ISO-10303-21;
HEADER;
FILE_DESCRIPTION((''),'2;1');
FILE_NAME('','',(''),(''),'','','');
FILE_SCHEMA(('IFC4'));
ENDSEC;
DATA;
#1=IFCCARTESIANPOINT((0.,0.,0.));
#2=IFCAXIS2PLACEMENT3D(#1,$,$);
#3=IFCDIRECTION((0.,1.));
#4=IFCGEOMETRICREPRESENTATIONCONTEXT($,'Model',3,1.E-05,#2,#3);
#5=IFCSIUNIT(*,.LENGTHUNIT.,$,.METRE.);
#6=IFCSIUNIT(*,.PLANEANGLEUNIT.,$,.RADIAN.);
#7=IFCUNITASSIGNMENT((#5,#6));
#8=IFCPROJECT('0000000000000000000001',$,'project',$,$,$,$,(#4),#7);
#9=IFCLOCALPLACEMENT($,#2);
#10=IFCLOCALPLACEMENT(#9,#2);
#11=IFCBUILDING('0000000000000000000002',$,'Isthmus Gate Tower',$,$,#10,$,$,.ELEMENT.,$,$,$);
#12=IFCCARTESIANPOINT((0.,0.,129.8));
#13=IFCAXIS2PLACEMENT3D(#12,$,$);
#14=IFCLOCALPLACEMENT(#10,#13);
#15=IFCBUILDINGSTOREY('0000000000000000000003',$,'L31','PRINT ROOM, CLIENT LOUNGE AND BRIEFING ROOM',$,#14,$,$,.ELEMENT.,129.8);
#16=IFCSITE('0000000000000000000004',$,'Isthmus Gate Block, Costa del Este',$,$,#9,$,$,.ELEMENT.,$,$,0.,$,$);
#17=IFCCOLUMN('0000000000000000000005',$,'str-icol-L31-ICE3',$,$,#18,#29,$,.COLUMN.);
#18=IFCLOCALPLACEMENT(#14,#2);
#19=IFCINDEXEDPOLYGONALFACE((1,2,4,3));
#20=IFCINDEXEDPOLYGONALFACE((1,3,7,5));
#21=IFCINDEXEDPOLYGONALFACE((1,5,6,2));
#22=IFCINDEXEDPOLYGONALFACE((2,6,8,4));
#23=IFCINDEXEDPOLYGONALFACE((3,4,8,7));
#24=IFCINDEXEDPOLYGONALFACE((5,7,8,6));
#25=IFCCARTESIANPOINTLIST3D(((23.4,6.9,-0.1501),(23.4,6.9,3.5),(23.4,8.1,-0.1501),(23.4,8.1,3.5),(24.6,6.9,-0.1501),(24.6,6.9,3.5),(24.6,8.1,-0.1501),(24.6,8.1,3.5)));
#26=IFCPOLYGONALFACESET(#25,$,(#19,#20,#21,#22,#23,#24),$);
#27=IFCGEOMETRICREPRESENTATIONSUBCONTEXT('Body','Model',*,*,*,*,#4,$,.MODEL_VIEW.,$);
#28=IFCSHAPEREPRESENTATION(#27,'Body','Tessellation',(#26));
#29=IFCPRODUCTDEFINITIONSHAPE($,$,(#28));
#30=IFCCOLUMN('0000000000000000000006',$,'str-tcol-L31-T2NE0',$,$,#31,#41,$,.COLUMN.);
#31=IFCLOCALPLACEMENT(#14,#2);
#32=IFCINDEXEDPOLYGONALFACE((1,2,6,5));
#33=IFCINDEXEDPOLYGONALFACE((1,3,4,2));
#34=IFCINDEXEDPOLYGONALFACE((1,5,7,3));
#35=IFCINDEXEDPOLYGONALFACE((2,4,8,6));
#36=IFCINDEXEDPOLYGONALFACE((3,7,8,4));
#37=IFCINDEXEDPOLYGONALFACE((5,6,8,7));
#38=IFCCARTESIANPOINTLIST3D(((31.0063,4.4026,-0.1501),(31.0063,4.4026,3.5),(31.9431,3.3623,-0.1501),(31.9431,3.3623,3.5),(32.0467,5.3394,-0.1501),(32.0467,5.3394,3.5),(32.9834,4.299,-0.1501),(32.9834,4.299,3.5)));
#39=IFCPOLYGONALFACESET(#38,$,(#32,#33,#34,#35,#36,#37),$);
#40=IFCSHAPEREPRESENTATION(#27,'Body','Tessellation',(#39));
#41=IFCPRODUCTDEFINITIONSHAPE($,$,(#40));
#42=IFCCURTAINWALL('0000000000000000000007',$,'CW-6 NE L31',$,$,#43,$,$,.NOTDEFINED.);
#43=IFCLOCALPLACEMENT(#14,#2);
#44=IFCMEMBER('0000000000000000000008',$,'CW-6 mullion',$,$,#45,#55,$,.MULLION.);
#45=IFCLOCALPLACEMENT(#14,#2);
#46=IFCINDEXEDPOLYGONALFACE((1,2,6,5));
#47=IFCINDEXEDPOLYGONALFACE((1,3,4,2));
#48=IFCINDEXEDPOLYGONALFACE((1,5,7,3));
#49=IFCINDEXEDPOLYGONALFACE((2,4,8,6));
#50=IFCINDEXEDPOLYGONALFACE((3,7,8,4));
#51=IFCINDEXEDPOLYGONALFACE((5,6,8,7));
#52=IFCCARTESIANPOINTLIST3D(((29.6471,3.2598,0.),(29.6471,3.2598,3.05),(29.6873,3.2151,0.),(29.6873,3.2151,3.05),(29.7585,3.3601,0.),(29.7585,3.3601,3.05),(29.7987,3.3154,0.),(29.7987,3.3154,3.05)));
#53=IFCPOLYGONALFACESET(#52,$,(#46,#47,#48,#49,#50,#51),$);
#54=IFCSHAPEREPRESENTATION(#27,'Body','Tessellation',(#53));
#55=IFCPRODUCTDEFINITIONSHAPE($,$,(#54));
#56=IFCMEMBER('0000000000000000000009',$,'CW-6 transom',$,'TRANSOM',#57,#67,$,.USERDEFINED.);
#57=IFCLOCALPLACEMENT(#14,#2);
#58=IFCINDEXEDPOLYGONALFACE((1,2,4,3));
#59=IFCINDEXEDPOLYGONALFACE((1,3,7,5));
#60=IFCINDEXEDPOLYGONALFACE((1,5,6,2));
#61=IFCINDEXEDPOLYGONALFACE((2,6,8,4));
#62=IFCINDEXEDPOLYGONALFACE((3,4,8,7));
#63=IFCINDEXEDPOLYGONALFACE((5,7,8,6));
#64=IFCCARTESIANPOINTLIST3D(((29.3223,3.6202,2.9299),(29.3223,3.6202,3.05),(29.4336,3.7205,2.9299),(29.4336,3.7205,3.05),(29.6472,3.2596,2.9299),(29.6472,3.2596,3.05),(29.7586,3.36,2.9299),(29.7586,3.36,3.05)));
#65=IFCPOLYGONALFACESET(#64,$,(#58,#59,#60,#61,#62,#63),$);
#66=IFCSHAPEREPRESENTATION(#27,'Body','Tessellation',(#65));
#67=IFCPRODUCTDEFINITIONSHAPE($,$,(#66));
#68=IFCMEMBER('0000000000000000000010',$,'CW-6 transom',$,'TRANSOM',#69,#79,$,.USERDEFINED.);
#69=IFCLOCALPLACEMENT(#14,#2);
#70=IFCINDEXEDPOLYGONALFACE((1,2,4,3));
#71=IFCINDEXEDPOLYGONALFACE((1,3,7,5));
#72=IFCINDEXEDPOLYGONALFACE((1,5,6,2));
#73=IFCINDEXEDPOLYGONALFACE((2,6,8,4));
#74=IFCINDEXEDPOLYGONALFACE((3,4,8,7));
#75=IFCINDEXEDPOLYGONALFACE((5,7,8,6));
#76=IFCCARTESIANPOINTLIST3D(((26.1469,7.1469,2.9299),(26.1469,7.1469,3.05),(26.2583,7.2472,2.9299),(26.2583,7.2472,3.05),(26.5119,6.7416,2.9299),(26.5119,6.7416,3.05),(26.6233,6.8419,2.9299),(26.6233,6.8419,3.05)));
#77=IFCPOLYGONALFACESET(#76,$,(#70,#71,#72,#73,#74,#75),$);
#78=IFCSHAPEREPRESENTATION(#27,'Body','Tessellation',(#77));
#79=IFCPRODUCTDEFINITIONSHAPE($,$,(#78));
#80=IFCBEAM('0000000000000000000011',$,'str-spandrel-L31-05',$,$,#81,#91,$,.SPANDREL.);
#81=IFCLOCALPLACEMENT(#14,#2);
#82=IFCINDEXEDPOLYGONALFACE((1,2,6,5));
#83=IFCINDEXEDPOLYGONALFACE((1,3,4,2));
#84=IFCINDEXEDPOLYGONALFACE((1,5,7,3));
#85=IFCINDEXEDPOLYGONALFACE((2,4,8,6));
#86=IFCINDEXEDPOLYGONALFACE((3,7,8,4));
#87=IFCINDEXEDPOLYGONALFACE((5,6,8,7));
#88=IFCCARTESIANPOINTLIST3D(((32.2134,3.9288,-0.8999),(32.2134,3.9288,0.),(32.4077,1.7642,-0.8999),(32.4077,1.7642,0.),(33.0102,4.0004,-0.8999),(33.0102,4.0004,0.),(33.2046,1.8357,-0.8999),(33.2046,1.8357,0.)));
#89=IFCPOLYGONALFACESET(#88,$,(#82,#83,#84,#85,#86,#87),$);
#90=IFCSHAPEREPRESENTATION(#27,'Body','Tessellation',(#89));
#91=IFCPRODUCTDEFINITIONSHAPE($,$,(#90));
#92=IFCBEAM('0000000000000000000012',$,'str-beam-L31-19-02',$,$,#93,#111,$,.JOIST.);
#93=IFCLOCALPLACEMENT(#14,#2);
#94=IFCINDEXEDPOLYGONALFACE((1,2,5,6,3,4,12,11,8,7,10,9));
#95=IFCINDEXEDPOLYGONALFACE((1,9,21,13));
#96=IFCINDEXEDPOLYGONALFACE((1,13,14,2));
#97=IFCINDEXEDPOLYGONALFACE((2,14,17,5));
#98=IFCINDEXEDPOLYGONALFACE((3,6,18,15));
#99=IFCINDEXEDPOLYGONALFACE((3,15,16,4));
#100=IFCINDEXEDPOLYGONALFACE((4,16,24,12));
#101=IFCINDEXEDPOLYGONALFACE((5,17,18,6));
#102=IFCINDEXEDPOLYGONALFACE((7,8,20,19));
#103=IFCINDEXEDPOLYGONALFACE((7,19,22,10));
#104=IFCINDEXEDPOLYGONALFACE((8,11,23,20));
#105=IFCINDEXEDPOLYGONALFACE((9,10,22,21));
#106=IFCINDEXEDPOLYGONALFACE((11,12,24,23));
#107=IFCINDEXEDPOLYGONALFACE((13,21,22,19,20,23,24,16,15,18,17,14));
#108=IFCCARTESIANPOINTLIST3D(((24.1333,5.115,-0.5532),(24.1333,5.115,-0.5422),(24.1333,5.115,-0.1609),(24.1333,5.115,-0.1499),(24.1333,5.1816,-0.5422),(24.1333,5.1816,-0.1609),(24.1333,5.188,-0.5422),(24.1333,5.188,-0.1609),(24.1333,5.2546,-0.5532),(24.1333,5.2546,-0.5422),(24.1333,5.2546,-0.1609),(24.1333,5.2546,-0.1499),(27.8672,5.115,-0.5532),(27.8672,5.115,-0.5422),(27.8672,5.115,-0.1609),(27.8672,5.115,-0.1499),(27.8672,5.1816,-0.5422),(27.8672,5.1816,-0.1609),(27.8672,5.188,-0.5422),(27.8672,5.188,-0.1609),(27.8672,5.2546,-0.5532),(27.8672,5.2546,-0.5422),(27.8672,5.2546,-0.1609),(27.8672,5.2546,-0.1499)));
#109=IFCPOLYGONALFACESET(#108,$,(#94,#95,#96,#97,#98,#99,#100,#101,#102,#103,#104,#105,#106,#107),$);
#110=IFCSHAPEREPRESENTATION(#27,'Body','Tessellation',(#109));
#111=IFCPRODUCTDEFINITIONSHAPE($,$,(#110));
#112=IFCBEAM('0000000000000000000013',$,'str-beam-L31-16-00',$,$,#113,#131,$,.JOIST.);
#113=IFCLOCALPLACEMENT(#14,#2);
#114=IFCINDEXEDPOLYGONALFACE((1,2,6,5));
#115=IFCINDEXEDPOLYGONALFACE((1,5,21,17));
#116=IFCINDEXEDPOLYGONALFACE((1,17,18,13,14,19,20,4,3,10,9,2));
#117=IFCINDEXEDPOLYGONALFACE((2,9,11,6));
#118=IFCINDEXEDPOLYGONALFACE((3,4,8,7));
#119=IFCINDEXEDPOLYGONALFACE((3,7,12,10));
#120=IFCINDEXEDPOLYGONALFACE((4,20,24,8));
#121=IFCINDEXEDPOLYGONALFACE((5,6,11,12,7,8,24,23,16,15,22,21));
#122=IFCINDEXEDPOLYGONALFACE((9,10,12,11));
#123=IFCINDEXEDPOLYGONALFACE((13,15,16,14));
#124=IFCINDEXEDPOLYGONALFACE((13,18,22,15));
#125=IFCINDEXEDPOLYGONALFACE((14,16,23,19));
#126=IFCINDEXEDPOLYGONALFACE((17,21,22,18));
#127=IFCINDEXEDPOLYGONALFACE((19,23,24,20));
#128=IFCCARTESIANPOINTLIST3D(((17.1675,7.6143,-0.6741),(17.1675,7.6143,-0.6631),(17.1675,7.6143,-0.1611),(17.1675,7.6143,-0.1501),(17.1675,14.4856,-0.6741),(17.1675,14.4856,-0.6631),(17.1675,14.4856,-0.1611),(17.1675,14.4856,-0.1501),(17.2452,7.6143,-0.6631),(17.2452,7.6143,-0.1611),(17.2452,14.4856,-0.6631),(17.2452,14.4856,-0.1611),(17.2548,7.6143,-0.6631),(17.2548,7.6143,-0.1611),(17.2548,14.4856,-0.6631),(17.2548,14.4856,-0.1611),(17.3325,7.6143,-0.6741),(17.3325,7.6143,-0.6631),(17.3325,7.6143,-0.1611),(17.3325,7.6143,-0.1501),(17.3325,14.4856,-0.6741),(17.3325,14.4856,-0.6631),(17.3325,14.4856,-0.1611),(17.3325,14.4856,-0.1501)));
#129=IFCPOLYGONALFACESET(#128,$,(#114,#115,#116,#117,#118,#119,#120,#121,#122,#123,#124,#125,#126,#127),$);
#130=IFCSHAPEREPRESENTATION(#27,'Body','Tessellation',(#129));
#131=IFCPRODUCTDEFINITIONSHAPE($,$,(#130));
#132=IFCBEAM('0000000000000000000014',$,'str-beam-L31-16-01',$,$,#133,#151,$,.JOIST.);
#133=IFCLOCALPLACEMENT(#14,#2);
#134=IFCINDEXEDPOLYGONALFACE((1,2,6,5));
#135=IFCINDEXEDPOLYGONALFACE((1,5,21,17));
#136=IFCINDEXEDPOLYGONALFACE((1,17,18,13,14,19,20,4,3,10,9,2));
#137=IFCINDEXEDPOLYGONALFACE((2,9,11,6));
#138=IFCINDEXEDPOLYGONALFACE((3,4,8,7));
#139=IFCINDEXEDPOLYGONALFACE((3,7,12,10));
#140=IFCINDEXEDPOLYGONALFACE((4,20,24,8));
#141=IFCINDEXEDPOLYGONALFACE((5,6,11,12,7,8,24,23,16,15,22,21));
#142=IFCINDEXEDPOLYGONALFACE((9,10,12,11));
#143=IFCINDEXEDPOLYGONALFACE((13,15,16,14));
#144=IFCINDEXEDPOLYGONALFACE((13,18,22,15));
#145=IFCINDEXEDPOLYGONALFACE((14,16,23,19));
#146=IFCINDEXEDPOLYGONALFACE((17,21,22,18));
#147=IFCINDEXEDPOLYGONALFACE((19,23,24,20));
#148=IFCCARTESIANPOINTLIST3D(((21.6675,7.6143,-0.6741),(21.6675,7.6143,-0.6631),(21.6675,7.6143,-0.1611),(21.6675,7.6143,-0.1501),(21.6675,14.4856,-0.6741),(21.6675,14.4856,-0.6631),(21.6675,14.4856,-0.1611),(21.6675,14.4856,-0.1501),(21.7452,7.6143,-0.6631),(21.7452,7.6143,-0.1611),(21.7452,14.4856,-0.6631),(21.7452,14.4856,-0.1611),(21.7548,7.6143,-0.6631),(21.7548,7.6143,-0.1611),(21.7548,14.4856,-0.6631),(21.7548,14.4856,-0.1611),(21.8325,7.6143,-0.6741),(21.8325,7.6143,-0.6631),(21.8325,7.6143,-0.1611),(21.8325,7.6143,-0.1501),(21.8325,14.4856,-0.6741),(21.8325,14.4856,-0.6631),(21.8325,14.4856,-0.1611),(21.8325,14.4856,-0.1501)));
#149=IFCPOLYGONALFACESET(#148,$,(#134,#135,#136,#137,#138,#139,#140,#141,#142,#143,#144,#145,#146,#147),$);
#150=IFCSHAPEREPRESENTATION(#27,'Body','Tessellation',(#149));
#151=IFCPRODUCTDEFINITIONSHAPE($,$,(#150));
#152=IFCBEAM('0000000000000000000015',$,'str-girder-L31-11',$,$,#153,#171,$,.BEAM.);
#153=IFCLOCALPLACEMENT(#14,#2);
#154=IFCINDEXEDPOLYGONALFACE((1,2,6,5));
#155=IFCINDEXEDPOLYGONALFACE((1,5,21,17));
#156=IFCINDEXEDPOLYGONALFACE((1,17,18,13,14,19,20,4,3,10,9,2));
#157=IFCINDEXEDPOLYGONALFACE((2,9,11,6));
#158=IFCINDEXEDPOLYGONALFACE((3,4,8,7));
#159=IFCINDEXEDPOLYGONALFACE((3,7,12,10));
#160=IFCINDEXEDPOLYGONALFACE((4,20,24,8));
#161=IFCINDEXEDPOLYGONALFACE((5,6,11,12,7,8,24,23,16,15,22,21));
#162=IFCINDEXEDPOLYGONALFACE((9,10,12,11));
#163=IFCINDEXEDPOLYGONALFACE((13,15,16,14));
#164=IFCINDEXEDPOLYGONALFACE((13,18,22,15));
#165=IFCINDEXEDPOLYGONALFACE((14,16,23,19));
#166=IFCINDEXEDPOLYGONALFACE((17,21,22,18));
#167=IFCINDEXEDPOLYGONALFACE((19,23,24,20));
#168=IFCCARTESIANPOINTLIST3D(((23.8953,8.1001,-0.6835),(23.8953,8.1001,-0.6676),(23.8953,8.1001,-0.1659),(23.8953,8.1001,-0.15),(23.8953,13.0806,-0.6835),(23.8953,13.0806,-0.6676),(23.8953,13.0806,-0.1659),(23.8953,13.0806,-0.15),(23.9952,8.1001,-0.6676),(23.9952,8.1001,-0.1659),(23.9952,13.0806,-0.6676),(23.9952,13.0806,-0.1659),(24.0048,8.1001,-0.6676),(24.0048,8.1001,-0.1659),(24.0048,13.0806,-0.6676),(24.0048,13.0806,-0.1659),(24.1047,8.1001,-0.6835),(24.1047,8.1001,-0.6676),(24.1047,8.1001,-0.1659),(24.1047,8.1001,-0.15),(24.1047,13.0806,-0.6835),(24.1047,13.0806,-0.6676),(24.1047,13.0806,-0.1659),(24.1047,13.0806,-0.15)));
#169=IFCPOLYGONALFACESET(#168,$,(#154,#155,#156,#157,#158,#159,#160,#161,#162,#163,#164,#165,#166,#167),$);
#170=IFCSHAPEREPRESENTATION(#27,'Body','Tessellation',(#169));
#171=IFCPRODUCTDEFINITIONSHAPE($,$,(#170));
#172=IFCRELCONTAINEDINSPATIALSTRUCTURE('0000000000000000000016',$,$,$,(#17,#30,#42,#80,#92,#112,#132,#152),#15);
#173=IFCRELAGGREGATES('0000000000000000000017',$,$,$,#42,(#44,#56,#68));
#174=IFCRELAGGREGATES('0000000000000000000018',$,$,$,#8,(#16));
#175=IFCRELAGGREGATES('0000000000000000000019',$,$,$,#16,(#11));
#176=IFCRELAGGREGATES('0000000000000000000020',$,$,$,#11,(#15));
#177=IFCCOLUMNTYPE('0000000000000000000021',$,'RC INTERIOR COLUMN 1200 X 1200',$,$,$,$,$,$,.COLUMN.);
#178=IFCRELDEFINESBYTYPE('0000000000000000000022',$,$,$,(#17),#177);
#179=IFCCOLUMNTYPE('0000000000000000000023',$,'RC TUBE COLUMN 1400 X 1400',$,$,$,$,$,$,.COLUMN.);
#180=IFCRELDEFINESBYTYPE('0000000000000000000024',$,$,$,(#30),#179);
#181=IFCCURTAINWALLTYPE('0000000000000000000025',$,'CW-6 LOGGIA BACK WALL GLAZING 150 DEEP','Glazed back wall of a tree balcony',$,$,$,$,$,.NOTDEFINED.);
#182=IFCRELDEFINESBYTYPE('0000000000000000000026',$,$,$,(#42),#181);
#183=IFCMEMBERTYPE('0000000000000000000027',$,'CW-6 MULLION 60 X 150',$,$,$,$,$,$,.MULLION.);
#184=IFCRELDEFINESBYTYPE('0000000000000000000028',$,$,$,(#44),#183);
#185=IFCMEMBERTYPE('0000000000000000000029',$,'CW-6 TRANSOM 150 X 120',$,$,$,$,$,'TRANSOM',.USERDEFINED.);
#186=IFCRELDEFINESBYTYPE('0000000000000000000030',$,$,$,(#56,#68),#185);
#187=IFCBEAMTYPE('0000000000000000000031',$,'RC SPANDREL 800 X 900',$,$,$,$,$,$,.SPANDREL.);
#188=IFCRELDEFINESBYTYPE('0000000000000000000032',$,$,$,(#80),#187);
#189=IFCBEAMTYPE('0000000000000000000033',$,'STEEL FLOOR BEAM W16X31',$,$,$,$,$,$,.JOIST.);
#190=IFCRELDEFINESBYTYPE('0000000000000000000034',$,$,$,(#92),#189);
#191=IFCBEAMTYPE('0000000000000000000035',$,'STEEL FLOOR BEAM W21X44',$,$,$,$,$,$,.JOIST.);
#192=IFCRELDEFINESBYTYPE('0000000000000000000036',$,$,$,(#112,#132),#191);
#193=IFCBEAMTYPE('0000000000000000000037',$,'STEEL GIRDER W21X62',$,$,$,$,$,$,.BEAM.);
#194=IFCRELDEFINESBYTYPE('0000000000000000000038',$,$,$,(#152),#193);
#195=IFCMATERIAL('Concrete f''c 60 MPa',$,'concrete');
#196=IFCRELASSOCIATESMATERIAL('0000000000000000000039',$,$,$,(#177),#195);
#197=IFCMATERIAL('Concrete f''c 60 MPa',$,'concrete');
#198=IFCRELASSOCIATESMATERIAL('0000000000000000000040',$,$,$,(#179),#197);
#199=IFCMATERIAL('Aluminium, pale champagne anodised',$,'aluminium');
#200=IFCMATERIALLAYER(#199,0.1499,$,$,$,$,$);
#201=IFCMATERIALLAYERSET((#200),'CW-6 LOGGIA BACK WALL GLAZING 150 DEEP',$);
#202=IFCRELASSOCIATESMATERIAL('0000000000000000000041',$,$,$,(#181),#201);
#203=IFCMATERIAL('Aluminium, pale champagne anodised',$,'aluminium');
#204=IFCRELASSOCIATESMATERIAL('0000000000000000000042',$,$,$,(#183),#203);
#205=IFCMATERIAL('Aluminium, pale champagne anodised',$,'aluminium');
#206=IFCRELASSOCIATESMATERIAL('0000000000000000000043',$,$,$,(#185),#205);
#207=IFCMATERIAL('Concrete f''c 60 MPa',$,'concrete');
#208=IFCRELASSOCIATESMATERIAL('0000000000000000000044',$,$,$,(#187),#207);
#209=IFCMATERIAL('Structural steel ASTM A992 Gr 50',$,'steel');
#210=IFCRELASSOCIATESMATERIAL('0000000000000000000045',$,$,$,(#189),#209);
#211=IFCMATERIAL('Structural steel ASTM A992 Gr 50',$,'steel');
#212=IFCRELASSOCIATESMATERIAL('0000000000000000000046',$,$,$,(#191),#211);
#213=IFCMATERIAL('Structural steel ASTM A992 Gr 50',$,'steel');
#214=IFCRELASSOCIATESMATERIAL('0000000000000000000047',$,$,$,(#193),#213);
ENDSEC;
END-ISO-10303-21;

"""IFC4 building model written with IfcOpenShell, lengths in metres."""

from ifc_helpers import new_model, si_unit, direction, frame, origin, origin_2d, place, context, subcontext, project, spatial, rectangle, i_section, extrude, material, layer, layer_set, material_profile, profile_set, type_object, element, aggregate, save


model = new_model("IFC4")

# Units and contexts
model_context = context("Model", 3, precision=1e-05, world=origin(), true_north=direction((0.0, 1.0)))
body_context = subcontext(model_context, "Body", "Model", "MODEL_VIEW")
ifc_project = project(units=[si_unit("LENGTHUNIT", "METRE"), si_unit("PLANEANGLEUNIT", "RADIAN")], contexts=[model_context])

# Site, building, storey
site_placement = place(None, origin())
site = spatial("IfcSite", under=ifc_project, at=site_placement, Name="Isthmus Gate Block, Costa del Este", CompositionType="ELEMENT", RefElevation=0.0)
building_placement = place(site_placement, origin())
building = spatial("IfcBuilding", under=site, at=building_placement, Name="Isthmus Gate Tower", CompositionType="ELEMENT")
storey_placement = place(building_placement, frame((0.0, 0.0, 129.8)))
storey = spatial("IfcBuildingStorey", under=building, at=storey_placement, Name="L31", Description="PRINT ROOM, CLIENT LOUNGE AND BRIEFING ROOM", CompositionType="ELEMENT", Elevation=129.8)

# Columns
ifc_material_1 = material(Name="Concrete f'c 60 MPa", Category="concrete")
ifc_material_profile_1 = material_profile(ifc_material_1, rectangle(XDim=1.2, YDim=1.2, at=origin_2d()), Name="RC 1200X1200")
ifc_profile_set_1 = profile_set([ifc_material_profile_1], Name="Concrete f'c 60 MPa")
column_type_1 = type_object("IfcColumnType", Name="RC INTERIOR COLUMN 1200 X 1200", PredefinedType="COLUMN", material=ifc_profile_set_1)
column_1_placement = place(storey_placement, frame((24.0, 7.5, -0.1501), z_axis=(0.0, 0.0, 1.0), x_axis=(1.0, 0.0, 0.0)))
element("IfcColumn", 1, at=column_1_placement, inside=storey, type_object=column_type_1, Name="str-icol-L31-ICE3", PredefinedType="COLUMN", context=body_context, shape_type="SweptSolid", body=[
    extrude(rectangle(XDim=1.2, YDim=1.2, at=origin_2d()), origin(), (0.0, 0.0, 1.0), 3.6501),
])
ifc_material_2 = material(Name="Concrete f'c 60 MPa", Category="concrete")
ifc_material_profile_2 = material_profile(ifc_material_2, rectangle(XDim=1.3999, YDim=1.3999, at=origin_2d()), Name="RC 1400X1400")
ifc_profile_set_2 = profile_set([ifc_material_profile_2], Name="Concrete f'c 60 MPa")
column_type_2 = type_object("IfcColumnType", Name="RC TUBE COLUMN 1400 X 1400", PredefinedType="COLUMN", material=ifc_profile_set_2)
column_2_placement = place(storey_placement, frame((31.9949, 4.3508, -0.1501), z_axis=(0.0, 0.0, 1.0), x_axis=(-0.669131, 0.743145, 0.0)))
element("IfcColumn", 2, at=column_2_placement, inside=storey, type_object=column_type_2, Name="str-tcol-L31-T2NE0", PredefinedType="COLUMN", context=body_context, shape_type="SweptSolid", body=[
    extrude(rectangle(XDim=1.3999, YDim=1.3999, at=origin_2d()), origin(), (0.0, 0.0, 1.0), 3.6501),
])

# Curtain wall, members
ifc_material_3 = material(Name="Aluminium, pale champagne anodised", Category="aluminium")
ifc_layer_1 = layer(ifc_material_3, 0.1499)
ifc_layer_set_1 = layer_set([ifc_layer_1], Name="CW-6 LOGGIA BACK WALL GLAZING 150 DEEP")
curtain_wall_type = type_object("IfcCurtainWallType", Name="CW-6 LOGGIA BACK WALL GLAZING 150 DEEP", Description="Glazed back wall of a tree balcony", PredefinedType="NOTDEFINED", material=ifc_layer_set_1)
curtain_wall_placement = place(storey_placement, origin())
curtain_wall = element("IfcCurtainWall", 3, at=curtain_wall_placement, inside=storey, type_object=curtain_wall_type, Name="CW-6 NE L31", PredefinedType="NOTDEFINED")
ifc_material_4 = material(Name="Aluminium, pale champagne anodised", Category="aluminium")
ifc_material_profile_3 = material_profile(ifc_material_4, rectangle(XDim=0.0601, YDim=0.1499, at=origin_2d()), Name="60x150")
ifc_profile_set_3 = profile_set([ifc_material_profile_3], Name="Aluminium, pale champagne anodised")
member_type_1 = type_object("IfcMemberType", Name="CW-6 MULLION 60 X 150", PredefinedType="MULLION", material=ifc_profile_set_3)
member_1_placement = place(storey_placement, frame((29.7229, 3.2876, 0.0), z_axis=(0.0, 0.0, 1.0), x_axis=(-0.669131, 0.743145, 0.0)))
member_1 = element("IfcMember", 4, at=member_1_placement, type_object=member_type_1, Name="CW-6 mullion", PredefinedType="MULLION", context=body_context, shape_type="SweptSolid", body=[
    extrude(rectangle(XDim=0.0601, YDim=0.1499, at=origin_2d()), origin(), (0.0, 0.0, 1.0), 3.05),
])
ifc_material_5 = material(Name="Aluminium, pale champagne anodised", Category="aluminium")
ifc_material_profile_4 = material_profile(ifc_material_5, rectangle(XDim=0.1499, YDim=0.1201, at=origin_2d()), Name="150x120")
ifc_profile_set_4 = profile_set([ifc_material_profile_4], Name="Aluminium, pale champagne anodised")
member_type_2 = type_object("IfcMemberType", Name="CW-6 TRANSOM 150 X 120", ElementType="TRANSOM", PredefinedType="USERDEFINED", material=ifc_profile_set_4)
member_2_placement = place(storey_placement, frame((29.7029, 3.3098, 2.99), z_axis=(-0.669437, 0.742869, 0.0), x_axis=(-0.742869, -0.669437, 0.0)))
member_2 = element("IfcMember", 5, at=member_2_placement, type_object=member_type_2, Name="CW-6 transom", ObjectType="TRANSOM", PredefinedType="USERDEFINED", context=body_context, shape_type="SweptSolid", body=[
    extrude(rectangle(XDim=0.1499, YDim=0.1201, at=origin_2d()), origin(), (0.0, 0.0, 1.0), 0.4854),
])
member_3_placement = place(storey_placement, frame((26.5676, 6.7917, 2.99), z_axis=(-0.669212, 0.743072, 0.0), x_axis=(-0.743072, -0.669212, 0.0)))
member_3 = element("IfcMember", 6, at=member_3_placement, type_object=member_type_2, Name="CW-6 transom", ObjectType="TRANSOM", PredefinedType="USERDEFINED", context=body_context, shape_type="SweptSolid", body=[
    extrude(rectangle(XDim=0.1499, YDim=0.1201, at=origin_2d()), origin(), (0.0, 0.0, 1.0), 0.5454),
])

# Beams
ifc_material_6 = material(Name="Concrete f'c 60 MPa", Category="concrete")
ifc_material_profile_5 = material_profile(ifc_material_6, rectangle(XDim=0.8, YDim=0.8999, at=origin_2d()), Name="RC 800X900")
ifc_profile_set_5 = profile_set([ifc_material_profile_5], Name="Concrete f'c 60 MPa")
beam_type_1 = type_object("IfcBeamType", Name="RC SPANDREL 800 X 900", PredefinedType="SPANDREL", material=ifc_profile_set_5)
beam_1_placement = place(storey_placement, frame((32.6118, 3.9646, -0.45), z_axis=(0.089422, -0.995994, 0.0), x_axis=(0.995994, 0.089422, 0.0)))
element("IfcBeam", 7, at=beam_1_placement, inside=storey, type_object=beam_type_1, Name="str-spandrel-L31-05", PredefinedType="SPANDREL", context=body_context, shape_type="SweptSolid", body=[
    extrude(rectangle(XDim=0.8, YDim=0.8999, at=origin_2d()), origin(), (0.0, 0.0, 1.0), 2.1733),
])
ifc_material_7 = material(Name="Structural steel ASTM A992 Gr 50", Category="steel")
ifc_material_profile_6 = material_profile(ifc_material_7, i_section(OverallWidth=0.1396, OverallDepth=0.4033, WebThickness=0.0063, FlangeThickness=0.011, at=origin_2d()), Name="W16X31")
ifc_profile_set_6 = profile_set([ifc_material_profile_6], Name="Structural steel ASTM A992 Gr 50")
beam_type_2 = type_object("IfcBeamType", Name="STEEL FLOOR BEAM W16X31", PredefinedType="JOIST", material=ifc_profile_set_6)
beam_2_placement = place(storey_placement, frame((24.1333, 5.1848, -0.3516), z_axis=(1.0, 0.0, 0.0), x_axis=(0.0, 1.0, 0.0)))
element("IfcBeam", 8, at=beam_2_placement, inside=storey, type_object=beam_type_2, Name="str-beam-L31-19-02", PredefinedType="JOIST", context=body_context, shape_type="SweptSolid", body=[
    extrude(i_section(OverallWidth=0.1396, OverallDepth=0.4033, WebThickness=0.0063, FlangeThickness=0.011, at=origin_2d()), origin(), (0.0, 0.0, 1.0), 3.7339),
])
ifc_material_8 = material(Name="Structural steel ASTM A992 Gr 50", Category="steel")
ifc_material_profile_7 = material_profile(ifc_material_8, i_section(OverallWidth=0.165, OverallDepth=0.5239, WebThickness=0.0095, FlangeThickness=0.011, at=origin_2d()), Name="W21X44")
ifc_profile_set_7 = profile_set([ifc_material_profile_7], Name="Structural steel ASTM A992 Gr 50")
beam_type_3 = type_object("IfcBeamType", Name="STEEL FLOOR BEAM W21X44", PredefinedType="JOIST", material=ifc_profile_set_7)
for number, where, z_axis, x_axis, name in (
    (9, (17.25, 7.6143, -0.4121), (0.0, 1.0, 0.0), (-1.0, 0.0, 0.0), "str-beam-L31-16-00"),
    (10, (21.75, 7.6143, -0.4121), (0.0, 1.0, 0.0), (-1.0, 0.0, 0.0), "str-beam-L31-16-01"),
):
    element("IfcBeam", number, at=place(storey_placement, frame(where, z_axis=z_axis, x_axis=x_axis)), inside=storey, type_object=beam_type_3, Name=name, PredefinedType="JOIST", context=body_context, shape_type="SweptSolid", body=[
        extrude(i_section(OverallWidth=0.165, OverallDepth=0.5239, WebThickness=0.0095, FlangeThickness=0.011, at=origin_2d()), origin(), (0.0, 0.0, 1.0), 6.8713),
    ])
ifc_material_9 = material(Name="Structural steel ASTM A992 Gr 50", Category="steel")
ifc_material_profile_8 = material_profile(ifc_material_9, i_section(OverallWidth=0.2095, OverallDepth=0.5334, WebThickness=0.0095, FlangeThickness=0.0159, at=origin_2d()), Name="W21X62")
ifc_profile_set_8 = profile_set([ifc_material_profile_8], Name="Structural steel ASTM A992 Gr 50")
beam_type_4 = type_object("IfcBeamType", Name="STEEL GIRDER W21X62", PredefinedType="BEAM", material=ifc_profile_set_8)
beam_3_placement = place(storey_placement, frame((24.0, 8.1001, -0.4167), z_axis=(0.0, 1.0, 0.0), x_axis=(-1.0, 0.0, 0.0)))
element("IfcBeam", 11, at=beam_3_placement, inside=storey, type_object=beam_type_4, Name="str-girder-L31-11", PredefinedType="BEAM", context=body_context, shape_type="SweptSolid", body=[
    extrude(i_section(OverallWidth=0.2095, OverallDepth=0.5334, WebThickness=0.0095, FlangeThickness=0.0159, at=origin_2d()), origin(), (0.0, 0.0, 1.0), 4.9805),
])

aggregate(curtain_wall, [member_1, member_2, member_3])

save(model, "model.ifc")
